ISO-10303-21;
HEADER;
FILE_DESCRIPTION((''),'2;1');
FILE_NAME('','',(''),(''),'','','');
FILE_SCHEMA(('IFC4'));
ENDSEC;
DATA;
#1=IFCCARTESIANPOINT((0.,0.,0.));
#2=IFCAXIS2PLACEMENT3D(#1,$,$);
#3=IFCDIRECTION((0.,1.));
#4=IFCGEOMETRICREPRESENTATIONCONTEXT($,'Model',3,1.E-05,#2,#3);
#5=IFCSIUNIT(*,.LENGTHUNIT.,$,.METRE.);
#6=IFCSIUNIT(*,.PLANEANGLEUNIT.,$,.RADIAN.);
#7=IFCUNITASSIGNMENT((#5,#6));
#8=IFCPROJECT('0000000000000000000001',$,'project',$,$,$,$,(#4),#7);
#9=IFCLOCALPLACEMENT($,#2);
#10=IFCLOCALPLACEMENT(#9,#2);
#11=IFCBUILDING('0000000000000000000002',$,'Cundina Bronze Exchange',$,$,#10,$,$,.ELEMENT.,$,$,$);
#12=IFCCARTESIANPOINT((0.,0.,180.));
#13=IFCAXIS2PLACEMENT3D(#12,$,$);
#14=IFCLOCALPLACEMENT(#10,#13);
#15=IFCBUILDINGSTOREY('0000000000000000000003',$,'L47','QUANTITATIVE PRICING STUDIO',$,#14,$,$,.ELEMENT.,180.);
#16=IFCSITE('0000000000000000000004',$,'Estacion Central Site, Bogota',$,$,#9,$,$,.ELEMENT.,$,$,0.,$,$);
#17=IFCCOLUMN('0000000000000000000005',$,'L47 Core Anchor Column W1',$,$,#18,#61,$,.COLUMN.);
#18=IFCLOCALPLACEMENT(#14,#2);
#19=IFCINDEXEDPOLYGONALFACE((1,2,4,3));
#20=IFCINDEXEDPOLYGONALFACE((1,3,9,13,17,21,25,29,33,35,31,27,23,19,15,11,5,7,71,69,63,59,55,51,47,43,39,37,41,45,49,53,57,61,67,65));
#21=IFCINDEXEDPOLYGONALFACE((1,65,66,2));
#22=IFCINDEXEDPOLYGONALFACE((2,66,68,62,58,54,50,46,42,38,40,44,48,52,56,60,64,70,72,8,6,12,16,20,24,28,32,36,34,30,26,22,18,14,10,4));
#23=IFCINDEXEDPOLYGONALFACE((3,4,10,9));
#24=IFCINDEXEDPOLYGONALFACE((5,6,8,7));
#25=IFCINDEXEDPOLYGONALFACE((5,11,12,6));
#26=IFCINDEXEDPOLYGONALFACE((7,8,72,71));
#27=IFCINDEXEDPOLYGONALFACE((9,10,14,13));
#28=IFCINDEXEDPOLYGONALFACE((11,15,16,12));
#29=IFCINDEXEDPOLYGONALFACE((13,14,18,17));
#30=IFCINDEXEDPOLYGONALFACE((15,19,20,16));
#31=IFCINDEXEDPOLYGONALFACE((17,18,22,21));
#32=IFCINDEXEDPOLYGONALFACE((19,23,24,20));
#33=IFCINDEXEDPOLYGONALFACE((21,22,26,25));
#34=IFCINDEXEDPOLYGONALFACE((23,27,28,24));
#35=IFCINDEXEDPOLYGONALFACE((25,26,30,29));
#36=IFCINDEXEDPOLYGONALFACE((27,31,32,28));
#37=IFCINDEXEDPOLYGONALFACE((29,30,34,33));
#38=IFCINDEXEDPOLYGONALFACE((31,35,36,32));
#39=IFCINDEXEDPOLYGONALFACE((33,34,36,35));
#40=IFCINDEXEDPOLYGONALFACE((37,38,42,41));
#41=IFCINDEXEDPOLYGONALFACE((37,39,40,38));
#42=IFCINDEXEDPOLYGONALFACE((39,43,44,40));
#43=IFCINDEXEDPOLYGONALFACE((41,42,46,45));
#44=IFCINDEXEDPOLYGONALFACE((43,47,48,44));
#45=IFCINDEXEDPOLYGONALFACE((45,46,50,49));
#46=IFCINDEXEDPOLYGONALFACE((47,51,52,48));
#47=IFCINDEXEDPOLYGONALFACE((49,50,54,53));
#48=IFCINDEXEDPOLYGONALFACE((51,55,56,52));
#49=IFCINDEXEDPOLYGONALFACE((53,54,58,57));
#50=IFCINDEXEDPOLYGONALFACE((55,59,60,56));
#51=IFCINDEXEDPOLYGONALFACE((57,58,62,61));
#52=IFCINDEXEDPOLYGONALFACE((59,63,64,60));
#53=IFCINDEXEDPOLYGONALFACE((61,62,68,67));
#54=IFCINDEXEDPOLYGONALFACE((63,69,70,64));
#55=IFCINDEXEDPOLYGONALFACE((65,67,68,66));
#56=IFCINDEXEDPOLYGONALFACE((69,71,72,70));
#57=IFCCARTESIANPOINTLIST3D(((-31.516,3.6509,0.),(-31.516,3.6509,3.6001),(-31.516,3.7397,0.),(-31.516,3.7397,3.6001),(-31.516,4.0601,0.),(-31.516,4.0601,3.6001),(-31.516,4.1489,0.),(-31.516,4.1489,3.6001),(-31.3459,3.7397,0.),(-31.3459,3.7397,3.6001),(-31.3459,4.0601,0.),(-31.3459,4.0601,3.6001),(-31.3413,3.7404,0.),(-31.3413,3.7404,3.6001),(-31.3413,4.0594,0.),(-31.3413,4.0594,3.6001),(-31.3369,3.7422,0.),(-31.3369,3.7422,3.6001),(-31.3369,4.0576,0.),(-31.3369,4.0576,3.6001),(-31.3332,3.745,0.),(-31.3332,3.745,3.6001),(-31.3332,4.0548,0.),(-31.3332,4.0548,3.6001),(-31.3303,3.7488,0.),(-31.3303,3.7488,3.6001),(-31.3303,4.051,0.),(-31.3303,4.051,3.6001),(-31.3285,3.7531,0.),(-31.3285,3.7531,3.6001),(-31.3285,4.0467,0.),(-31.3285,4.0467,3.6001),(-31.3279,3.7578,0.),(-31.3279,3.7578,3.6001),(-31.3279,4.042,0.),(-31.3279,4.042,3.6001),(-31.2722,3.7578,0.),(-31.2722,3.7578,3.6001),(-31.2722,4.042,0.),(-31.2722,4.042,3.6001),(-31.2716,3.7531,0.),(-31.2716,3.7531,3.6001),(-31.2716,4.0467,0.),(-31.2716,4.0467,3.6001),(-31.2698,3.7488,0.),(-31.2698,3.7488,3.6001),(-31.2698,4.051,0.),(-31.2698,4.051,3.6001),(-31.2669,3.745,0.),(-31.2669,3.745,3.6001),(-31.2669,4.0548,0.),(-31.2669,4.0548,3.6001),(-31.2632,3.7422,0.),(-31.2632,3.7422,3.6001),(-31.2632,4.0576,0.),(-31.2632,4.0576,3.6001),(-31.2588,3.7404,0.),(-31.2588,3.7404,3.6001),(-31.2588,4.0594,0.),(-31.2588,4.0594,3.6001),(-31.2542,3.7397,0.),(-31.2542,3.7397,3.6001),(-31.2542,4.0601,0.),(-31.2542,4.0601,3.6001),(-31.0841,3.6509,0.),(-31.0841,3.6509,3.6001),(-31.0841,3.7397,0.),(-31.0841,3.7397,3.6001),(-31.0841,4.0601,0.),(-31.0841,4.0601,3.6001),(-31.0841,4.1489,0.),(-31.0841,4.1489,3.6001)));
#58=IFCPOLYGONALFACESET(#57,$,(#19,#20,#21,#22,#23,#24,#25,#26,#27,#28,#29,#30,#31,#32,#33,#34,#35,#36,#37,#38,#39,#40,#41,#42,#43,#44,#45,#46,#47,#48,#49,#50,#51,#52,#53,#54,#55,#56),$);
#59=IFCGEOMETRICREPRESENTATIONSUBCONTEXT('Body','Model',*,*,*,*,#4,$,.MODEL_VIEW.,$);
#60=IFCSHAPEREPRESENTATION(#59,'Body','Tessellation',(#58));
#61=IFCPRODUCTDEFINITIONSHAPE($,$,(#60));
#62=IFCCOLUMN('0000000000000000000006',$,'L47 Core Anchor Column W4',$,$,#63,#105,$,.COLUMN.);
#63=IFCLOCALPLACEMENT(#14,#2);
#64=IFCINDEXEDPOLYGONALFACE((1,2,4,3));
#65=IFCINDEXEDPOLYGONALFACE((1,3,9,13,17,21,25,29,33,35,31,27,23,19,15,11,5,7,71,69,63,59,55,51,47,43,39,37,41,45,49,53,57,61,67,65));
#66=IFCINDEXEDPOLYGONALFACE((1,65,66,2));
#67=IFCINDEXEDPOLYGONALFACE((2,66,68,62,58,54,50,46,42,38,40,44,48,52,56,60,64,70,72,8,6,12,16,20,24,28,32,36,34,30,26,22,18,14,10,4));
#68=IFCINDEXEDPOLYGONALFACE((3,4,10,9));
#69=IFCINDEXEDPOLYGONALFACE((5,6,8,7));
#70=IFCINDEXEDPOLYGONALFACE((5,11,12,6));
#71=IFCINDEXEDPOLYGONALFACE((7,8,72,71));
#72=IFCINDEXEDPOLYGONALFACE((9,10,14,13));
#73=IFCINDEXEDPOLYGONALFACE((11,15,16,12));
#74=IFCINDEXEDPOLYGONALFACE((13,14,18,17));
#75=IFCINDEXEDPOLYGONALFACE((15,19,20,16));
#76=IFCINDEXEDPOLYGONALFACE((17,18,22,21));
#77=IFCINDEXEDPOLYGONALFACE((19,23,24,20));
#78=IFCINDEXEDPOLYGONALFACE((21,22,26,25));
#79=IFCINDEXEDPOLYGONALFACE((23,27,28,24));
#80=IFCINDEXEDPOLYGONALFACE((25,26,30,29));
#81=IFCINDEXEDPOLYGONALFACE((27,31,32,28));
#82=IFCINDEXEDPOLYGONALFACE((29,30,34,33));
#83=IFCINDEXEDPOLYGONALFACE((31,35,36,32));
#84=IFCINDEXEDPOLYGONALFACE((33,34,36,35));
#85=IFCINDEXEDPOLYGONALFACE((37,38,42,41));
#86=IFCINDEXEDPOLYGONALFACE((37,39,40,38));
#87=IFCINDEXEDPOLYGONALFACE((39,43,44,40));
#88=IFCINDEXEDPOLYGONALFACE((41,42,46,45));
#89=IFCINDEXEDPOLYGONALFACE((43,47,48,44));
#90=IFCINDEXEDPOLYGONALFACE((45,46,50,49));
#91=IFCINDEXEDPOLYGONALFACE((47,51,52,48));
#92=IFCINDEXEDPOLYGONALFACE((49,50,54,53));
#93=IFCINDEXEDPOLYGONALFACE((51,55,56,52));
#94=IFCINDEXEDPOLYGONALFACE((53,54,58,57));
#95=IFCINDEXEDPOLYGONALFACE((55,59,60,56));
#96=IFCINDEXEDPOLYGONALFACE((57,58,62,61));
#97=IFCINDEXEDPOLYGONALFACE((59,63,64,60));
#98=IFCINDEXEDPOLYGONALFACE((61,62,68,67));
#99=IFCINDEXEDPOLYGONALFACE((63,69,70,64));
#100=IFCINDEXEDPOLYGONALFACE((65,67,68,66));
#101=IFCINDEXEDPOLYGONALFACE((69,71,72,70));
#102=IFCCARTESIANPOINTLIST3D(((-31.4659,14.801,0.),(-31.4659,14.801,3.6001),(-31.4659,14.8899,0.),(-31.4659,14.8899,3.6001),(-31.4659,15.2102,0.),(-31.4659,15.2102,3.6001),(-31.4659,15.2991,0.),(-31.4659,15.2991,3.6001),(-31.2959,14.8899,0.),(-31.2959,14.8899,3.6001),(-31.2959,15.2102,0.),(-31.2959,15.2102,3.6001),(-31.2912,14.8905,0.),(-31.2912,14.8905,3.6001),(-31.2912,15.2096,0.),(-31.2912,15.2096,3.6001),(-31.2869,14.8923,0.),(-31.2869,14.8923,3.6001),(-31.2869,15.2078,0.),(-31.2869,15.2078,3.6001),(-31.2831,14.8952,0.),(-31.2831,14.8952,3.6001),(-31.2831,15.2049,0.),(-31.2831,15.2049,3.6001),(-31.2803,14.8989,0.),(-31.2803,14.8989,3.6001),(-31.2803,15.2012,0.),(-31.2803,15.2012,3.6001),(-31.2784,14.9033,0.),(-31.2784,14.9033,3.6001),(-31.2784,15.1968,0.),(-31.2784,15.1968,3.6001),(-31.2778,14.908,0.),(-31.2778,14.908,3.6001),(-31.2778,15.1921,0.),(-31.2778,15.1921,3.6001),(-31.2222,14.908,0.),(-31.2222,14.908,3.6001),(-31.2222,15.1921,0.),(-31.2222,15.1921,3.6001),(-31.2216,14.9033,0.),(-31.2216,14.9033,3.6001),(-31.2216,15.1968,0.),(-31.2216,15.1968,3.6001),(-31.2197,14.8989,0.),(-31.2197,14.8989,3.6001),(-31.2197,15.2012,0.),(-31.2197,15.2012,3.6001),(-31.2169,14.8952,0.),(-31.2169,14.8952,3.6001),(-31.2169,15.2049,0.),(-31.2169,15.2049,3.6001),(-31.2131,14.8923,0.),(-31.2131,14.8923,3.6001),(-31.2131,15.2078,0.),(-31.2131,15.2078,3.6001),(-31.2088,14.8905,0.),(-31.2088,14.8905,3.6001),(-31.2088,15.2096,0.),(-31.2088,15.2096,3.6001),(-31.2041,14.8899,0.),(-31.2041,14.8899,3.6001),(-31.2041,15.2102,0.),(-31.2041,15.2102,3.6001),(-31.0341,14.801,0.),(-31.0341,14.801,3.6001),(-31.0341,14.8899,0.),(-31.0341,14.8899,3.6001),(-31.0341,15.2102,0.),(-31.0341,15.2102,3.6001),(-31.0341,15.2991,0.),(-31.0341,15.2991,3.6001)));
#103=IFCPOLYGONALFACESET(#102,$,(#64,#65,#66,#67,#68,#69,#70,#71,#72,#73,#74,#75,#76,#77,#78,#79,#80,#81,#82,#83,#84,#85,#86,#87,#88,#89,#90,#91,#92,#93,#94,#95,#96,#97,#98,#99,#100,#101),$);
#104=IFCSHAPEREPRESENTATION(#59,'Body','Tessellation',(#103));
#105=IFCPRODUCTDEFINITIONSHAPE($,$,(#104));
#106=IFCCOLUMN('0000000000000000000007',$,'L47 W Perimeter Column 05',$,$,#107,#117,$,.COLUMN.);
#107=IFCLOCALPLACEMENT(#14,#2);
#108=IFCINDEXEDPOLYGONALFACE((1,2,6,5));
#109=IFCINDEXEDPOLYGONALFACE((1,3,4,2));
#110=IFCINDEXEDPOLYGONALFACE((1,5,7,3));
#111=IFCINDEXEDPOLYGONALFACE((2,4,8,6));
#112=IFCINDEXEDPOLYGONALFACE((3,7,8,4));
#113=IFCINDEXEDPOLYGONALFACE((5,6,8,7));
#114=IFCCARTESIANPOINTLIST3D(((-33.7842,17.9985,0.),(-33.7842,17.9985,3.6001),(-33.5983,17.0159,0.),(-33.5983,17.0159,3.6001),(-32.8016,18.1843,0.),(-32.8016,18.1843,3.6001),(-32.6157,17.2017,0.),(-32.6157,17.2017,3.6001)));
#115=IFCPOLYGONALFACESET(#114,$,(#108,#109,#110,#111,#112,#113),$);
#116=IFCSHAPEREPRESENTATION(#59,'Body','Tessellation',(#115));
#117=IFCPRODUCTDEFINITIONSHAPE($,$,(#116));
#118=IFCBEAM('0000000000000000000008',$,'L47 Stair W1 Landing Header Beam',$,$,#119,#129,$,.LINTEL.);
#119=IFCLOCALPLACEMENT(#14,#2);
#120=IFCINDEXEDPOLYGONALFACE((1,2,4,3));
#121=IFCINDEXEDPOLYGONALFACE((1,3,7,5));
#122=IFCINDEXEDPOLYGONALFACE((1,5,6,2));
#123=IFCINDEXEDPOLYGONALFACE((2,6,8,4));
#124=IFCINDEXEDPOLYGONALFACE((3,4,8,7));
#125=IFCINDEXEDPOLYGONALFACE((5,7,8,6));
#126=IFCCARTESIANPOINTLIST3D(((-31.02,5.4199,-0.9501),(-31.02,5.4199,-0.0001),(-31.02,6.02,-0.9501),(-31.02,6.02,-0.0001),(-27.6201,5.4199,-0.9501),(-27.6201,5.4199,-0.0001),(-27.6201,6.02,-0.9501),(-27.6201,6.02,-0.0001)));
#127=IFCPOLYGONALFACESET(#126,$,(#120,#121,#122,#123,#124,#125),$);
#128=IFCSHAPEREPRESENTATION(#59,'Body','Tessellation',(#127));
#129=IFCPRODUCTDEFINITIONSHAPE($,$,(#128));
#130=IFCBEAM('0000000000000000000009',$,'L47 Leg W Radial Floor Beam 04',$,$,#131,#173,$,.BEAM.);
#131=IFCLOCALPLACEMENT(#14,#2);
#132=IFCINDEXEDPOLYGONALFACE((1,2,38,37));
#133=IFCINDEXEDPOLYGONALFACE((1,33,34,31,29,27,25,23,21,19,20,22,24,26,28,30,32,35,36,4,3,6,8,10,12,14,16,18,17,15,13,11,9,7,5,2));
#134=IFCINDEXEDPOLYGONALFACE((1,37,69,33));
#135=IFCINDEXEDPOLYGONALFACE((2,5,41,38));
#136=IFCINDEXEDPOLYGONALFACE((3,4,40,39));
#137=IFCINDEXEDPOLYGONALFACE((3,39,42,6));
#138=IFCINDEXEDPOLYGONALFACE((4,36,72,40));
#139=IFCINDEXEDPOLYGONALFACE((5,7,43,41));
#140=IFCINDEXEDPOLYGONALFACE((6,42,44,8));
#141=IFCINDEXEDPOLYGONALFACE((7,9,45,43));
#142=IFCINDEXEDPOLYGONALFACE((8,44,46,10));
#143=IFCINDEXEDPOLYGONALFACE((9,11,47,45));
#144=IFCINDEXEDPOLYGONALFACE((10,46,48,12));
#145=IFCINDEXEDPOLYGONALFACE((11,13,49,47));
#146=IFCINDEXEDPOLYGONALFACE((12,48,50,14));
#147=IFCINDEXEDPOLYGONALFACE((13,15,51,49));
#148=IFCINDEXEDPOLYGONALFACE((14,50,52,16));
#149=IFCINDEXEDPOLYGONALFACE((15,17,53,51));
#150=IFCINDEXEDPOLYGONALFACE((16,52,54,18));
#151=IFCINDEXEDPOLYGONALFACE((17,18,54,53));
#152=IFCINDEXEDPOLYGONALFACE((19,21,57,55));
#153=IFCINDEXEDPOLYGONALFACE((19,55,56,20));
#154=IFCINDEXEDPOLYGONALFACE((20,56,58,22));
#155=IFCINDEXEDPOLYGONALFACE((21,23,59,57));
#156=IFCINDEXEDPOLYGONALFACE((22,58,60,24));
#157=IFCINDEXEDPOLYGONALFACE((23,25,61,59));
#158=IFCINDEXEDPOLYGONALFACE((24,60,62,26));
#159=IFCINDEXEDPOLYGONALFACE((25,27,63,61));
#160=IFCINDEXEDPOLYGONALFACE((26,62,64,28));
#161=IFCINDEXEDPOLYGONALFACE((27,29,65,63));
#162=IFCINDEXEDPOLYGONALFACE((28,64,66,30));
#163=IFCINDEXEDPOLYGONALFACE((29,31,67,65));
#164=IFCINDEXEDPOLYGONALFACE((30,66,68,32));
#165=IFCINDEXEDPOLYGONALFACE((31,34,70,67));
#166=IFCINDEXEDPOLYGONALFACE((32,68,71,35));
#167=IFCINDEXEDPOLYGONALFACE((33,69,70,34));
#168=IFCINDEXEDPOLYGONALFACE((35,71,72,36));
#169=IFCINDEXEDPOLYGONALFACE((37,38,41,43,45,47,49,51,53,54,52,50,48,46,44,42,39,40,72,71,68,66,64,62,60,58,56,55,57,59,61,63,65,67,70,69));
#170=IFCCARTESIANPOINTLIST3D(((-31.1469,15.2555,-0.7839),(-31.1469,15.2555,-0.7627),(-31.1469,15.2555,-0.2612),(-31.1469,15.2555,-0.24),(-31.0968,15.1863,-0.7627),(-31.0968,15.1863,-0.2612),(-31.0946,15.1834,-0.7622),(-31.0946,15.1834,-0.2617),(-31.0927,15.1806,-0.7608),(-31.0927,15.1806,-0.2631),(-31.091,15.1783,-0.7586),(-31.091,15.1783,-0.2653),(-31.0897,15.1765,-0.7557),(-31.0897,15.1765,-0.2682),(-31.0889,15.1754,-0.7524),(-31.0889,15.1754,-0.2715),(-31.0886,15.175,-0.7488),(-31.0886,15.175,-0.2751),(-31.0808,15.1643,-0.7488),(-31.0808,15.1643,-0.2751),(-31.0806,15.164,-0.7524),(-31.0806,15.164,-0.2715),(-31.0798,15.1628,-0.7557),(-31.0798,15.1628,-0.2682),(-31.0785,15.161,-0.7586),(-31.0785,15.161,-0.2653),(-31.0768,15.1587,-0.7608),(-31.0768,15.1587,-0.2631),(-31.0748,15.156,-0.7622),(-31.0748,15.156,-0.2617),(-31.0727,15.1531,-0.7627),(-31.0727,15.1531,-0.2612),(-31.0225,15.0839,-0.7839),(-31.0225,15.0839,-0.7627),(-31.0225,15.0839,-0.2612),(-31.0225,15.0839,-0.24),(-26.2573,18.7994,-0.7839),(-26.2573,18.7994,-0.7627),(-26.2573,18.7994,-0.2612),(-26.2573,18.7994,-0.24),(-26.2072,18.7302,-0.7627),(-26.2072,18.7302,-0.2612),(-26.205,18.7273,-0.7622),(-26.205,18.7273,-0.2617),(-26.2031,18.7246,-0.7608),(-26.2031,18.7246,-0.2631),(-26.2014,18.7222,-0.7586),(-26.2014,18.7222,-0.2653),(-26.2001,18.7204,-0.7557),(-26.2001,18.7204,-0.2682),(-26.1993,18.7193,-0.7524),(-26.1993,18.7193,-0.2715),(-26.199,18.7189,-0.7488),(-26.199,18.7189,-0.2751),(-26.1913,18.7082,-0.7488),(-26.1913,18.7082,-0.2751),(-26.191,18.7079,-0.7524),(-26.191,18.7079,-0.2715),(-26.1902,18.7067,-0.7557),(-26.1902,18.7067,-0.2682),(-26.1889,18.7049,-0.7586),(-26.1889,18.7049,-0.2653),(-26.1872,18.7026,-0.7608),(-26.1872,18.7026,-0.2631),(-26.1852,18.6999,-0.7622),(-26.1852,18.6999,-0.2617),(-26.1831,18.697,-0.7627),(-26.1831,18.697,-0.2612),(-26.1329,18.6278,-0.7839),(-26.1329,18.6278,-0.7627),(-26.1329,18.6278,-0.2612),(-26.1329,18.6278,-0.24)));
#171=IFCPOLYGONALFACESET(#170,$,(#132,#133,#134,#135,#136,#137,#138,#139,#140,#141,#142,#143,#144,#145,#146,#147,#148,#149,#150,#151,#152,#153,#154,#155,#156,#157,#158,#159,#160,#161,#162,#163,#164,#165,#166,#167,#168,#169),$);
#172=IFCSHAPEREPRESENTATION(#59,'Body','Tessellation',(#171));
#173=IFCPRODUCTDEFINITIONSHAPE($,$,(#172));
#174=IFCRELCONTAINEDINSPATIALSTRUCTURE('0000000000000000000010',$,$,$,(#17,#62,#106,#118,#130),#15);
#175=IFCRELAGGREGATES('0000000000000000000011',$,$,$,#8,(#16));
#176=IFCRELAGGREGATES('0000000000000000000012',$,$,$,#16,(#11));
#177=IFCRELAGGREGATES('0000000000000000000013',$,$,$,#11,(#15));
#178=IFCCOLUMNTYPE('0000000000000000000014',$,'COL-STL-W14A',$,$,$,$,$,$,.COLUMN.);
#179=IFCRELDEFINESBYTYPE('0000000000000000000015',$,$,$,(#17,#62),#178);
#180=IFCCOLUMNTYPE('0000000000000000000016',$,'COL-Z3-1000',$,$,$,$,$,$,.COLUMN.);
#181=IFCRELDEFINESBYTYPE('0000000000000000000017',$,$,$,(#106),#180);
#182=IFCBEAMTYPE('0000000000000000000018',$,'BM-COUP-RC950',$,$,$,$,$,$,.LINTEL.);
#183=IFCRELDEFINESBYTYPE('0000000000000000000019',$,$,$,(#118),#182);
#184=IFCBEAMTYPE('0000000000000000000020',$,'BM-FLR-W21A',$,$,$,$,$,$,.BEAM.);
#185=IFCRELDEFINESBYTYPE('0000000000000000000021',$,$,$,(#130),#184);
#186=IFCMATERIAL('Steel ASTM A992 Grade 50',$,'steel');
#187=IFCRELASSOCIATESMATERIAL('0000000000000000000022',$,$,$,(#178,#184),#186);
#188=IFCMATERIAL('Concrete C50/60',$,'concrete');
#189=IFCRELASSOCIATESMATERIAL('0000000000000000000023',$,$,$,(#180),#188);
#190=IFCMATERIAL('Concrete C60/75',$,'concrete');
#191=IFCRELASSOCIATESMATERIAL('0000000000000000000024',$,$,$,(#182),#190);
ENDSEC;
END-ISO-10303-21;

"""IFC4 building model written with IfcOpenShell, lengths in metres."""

from ifc_helpers import new_model, si_unit, direction, frame, origin, origin_2d, place, context, subcontext, project, spatial, rectangle, i_section, extrude, material, material_profile, profile_set, type_object, element, save


model = new_model("IFC4")

# Units and contexts
model_context = context("Model", 3, precision=1e-05, world=origin(), true_north=direction((0.0, 1.0)))
body_context = subcontext(model_context, "Body", "Model", "MODEL_VIEW")
ifc_project = project(units=[si_unit("LENGTHUNIT", "METRE"), si_unit("PLANEANGLEUNIT", "RADIAN")], contexts=[model_context])

# Site, building, storey
site_placement = place(None, origin())
site = spatial("IfcSite", under=ifc_project, at=site_placement, Name="Estacion Central Site, Bogota", CompositionType="ELEMENT", RefElevation=0.0)
building_placement = place(site_placement, origin())
building = spatial("IfcBuilding", under=site, at=building_placement, Name="Cundina Bronze Exchange", CompositionType="ELEMENT")
storey_placement = place(building_placement, frame((0.0, 0.0, 180.0)))
storey = spatial("IfcBuildingStorey", under=building, at=storey_placement, Name="L47", Description="QUANTITATIVE PRICING STUDIO", CompositionType="ELEMENT", Elevation=180.0)

# Columns
ifc_material_1 = material(Name="Steel ASTM A992 Grade 50", Category="steel")
ifc_material_profile_1 = material_profile(ifc_material_1, i_section(OverallWidth=0.4319, OverallDepth=0.498, WebThickness=0.0557, FlangeThickness=0.0889, FilletRadius=0.0181, at=origin_2d()), Name="W14X500", Category="steel")
ifc_profile_set_1 = profile_set([ifc_material_profile_1], Name="Steel ASTM A992 Grade 50")
column_type_1 = type_object("IfcColumnType", Name="COL-STL-W14A", PredefinedType="COLUMN", material=ifc_profile_set_1)
for number, where, z_axis, x_axis, name in (
    (1, (-31.3, 3.8999, 0.0), (0.0, 0.0, 1.0), (1.0, 0.0, 0.0), "L47 Core Anchor Column W1"),
    (2, (-31.25, 15.05, 0.0), (0.0, 0.0, 1.0), (1.0, 0.0, 0.0), "L47 Core Anchor Column W4"),
):
    element("IfcColumn", number, at=place(storey_placement, frame(where, z_axis=z_axis, x_axis=x_axis)), inside=storey, type_object=column_type_1, Name=name, PredefinedType="COLUMN", context=body_context, shape_type="SweptSolid", body=[
        extrude(i_section(OverallWidth=0.4319, OverallDepth=0.498, WebThickness=0.0557, FlangeThickness=0.0889, FilletRadius=0.0181, at=origin_2d()), origin(), (0.0, 0.0, 1.0), 3.6001),
    ])
ifc_material_2 = material(Name="Concrete C50/60", Category="concrete")
ifc_material_profile_2 = material_profile(ifc_material_2, rectangle(XDim=1.0, YDim=1.0, at=origin_2d()), Name="RC1000X1000", Category="concrete")
ifc_profile_set_2 = profile_set([ifc_material_profile_2], Name="Concrete C50/60")
column_type_2 = type_object("IfcColumnType", Name="COL-Z3-1000", PredefinedType="COLUMN", material=ifc_profile_set_2)
column_placement = place(storey_placement, frame((-33.2, 17.6001, 0.0), z_axis=(0.0, 0.0, 1.0), x_axis=(-0.98258, -0.185838, 0.0)))
element("IfcColumn", 3, at=column_placement, inside=storey, type_object=column_type_2, Name="L47 W Perimeter Column 05", PredefinedType="COLUMN", context=body_context, shape_type="SweptSolid", body=[
    extrude(rectangle(XDim=1.0, YDim=1.0, at=origin_2d()), origin(), (0.0, 0.0, 1.0), 3.6001),
])

# Beams
ifc_material_3 = material(Name="Concrete C60/75", Category="concrete")
ifc_material_profile_3 = material_profile(ifc_material_3, rectangle(XDim=0.6001, YDim=0.95, at=origin_2d()), Name="RC600X950", Category="concrete")
ifc_profile_set_3 = profile_set([ifc_material_profile_3], Name="Concrete C60/75")
beam_type_1 = type_object("IfcBeamType", Name="BM-COUP-RC950", PredefinedType="LINTEL", material=ifc_profile_set_3)
beam_1_placement = place(storey_placement, frame((-31.02, 5.72, -0.4751), z_axis=(1.0, 0.0, 0.0), x_axis=(0.0, 1.0, 0.0)))
element("IfcBeam", 4, at=beam_1_placement, inside=storey, type_object=beam_type_1, Name="L47 Stair W1 Landing Header Beam", PredefinedType="LINTEL", context=body_context, shape_type="SweptSolid", body=[
    extrude(rectangle(XDim=0.6001, YDim=0.95, at=origin_2d()), origin(), (0.0, 0.0, 1.0), 3.3999),
])
ifc_material_profile_4 = material_profile(ifc_material_1, i_section(OverallWidth=0.2119, OverallDepth=0.5439, WebThickness=0.0132, FlangeThickness=0.0212, FilletRadius=0.0139, at=origin_2d()), Name="W21X83", Category="steel")
ifc_profile_set_4 = profile_set([ifc_material_profile_4], Name="Steel ASTM A992 Grade 50")
beam_type_2 = type_object("IfcBeamType", Name="BM-FLR-W21A", PredefinedType="BEAM", material=ifc_profile_set_4)
beam_2_placement = place(storey_placement, frame((-31.0847, 15.1697, -0.512), z_axis=(0.809693, 0.586854, 0.0), x_axis=(-0.586854, 0.809693, 0.0)))
element("IfcBeam", 5, at=beam_2_placement, inside=storey, type_object=beam_type_2, Name="L47 Leg W Radial Floor Beam 04", PredefinedType="BEAM", context=body_context, shape_type="SweptSolid", body=[
    extrude(i_section(OverallWidth=0.2119, OverallDepth=0.5439, WebThickness=0.0132, FlangeThickness=0.0212, FilletRadius=0.0139, at=origin_2d()), origin(), (0.0, 0.0, 1.0), 6.0388),
])

save(model, "model.ifc")
